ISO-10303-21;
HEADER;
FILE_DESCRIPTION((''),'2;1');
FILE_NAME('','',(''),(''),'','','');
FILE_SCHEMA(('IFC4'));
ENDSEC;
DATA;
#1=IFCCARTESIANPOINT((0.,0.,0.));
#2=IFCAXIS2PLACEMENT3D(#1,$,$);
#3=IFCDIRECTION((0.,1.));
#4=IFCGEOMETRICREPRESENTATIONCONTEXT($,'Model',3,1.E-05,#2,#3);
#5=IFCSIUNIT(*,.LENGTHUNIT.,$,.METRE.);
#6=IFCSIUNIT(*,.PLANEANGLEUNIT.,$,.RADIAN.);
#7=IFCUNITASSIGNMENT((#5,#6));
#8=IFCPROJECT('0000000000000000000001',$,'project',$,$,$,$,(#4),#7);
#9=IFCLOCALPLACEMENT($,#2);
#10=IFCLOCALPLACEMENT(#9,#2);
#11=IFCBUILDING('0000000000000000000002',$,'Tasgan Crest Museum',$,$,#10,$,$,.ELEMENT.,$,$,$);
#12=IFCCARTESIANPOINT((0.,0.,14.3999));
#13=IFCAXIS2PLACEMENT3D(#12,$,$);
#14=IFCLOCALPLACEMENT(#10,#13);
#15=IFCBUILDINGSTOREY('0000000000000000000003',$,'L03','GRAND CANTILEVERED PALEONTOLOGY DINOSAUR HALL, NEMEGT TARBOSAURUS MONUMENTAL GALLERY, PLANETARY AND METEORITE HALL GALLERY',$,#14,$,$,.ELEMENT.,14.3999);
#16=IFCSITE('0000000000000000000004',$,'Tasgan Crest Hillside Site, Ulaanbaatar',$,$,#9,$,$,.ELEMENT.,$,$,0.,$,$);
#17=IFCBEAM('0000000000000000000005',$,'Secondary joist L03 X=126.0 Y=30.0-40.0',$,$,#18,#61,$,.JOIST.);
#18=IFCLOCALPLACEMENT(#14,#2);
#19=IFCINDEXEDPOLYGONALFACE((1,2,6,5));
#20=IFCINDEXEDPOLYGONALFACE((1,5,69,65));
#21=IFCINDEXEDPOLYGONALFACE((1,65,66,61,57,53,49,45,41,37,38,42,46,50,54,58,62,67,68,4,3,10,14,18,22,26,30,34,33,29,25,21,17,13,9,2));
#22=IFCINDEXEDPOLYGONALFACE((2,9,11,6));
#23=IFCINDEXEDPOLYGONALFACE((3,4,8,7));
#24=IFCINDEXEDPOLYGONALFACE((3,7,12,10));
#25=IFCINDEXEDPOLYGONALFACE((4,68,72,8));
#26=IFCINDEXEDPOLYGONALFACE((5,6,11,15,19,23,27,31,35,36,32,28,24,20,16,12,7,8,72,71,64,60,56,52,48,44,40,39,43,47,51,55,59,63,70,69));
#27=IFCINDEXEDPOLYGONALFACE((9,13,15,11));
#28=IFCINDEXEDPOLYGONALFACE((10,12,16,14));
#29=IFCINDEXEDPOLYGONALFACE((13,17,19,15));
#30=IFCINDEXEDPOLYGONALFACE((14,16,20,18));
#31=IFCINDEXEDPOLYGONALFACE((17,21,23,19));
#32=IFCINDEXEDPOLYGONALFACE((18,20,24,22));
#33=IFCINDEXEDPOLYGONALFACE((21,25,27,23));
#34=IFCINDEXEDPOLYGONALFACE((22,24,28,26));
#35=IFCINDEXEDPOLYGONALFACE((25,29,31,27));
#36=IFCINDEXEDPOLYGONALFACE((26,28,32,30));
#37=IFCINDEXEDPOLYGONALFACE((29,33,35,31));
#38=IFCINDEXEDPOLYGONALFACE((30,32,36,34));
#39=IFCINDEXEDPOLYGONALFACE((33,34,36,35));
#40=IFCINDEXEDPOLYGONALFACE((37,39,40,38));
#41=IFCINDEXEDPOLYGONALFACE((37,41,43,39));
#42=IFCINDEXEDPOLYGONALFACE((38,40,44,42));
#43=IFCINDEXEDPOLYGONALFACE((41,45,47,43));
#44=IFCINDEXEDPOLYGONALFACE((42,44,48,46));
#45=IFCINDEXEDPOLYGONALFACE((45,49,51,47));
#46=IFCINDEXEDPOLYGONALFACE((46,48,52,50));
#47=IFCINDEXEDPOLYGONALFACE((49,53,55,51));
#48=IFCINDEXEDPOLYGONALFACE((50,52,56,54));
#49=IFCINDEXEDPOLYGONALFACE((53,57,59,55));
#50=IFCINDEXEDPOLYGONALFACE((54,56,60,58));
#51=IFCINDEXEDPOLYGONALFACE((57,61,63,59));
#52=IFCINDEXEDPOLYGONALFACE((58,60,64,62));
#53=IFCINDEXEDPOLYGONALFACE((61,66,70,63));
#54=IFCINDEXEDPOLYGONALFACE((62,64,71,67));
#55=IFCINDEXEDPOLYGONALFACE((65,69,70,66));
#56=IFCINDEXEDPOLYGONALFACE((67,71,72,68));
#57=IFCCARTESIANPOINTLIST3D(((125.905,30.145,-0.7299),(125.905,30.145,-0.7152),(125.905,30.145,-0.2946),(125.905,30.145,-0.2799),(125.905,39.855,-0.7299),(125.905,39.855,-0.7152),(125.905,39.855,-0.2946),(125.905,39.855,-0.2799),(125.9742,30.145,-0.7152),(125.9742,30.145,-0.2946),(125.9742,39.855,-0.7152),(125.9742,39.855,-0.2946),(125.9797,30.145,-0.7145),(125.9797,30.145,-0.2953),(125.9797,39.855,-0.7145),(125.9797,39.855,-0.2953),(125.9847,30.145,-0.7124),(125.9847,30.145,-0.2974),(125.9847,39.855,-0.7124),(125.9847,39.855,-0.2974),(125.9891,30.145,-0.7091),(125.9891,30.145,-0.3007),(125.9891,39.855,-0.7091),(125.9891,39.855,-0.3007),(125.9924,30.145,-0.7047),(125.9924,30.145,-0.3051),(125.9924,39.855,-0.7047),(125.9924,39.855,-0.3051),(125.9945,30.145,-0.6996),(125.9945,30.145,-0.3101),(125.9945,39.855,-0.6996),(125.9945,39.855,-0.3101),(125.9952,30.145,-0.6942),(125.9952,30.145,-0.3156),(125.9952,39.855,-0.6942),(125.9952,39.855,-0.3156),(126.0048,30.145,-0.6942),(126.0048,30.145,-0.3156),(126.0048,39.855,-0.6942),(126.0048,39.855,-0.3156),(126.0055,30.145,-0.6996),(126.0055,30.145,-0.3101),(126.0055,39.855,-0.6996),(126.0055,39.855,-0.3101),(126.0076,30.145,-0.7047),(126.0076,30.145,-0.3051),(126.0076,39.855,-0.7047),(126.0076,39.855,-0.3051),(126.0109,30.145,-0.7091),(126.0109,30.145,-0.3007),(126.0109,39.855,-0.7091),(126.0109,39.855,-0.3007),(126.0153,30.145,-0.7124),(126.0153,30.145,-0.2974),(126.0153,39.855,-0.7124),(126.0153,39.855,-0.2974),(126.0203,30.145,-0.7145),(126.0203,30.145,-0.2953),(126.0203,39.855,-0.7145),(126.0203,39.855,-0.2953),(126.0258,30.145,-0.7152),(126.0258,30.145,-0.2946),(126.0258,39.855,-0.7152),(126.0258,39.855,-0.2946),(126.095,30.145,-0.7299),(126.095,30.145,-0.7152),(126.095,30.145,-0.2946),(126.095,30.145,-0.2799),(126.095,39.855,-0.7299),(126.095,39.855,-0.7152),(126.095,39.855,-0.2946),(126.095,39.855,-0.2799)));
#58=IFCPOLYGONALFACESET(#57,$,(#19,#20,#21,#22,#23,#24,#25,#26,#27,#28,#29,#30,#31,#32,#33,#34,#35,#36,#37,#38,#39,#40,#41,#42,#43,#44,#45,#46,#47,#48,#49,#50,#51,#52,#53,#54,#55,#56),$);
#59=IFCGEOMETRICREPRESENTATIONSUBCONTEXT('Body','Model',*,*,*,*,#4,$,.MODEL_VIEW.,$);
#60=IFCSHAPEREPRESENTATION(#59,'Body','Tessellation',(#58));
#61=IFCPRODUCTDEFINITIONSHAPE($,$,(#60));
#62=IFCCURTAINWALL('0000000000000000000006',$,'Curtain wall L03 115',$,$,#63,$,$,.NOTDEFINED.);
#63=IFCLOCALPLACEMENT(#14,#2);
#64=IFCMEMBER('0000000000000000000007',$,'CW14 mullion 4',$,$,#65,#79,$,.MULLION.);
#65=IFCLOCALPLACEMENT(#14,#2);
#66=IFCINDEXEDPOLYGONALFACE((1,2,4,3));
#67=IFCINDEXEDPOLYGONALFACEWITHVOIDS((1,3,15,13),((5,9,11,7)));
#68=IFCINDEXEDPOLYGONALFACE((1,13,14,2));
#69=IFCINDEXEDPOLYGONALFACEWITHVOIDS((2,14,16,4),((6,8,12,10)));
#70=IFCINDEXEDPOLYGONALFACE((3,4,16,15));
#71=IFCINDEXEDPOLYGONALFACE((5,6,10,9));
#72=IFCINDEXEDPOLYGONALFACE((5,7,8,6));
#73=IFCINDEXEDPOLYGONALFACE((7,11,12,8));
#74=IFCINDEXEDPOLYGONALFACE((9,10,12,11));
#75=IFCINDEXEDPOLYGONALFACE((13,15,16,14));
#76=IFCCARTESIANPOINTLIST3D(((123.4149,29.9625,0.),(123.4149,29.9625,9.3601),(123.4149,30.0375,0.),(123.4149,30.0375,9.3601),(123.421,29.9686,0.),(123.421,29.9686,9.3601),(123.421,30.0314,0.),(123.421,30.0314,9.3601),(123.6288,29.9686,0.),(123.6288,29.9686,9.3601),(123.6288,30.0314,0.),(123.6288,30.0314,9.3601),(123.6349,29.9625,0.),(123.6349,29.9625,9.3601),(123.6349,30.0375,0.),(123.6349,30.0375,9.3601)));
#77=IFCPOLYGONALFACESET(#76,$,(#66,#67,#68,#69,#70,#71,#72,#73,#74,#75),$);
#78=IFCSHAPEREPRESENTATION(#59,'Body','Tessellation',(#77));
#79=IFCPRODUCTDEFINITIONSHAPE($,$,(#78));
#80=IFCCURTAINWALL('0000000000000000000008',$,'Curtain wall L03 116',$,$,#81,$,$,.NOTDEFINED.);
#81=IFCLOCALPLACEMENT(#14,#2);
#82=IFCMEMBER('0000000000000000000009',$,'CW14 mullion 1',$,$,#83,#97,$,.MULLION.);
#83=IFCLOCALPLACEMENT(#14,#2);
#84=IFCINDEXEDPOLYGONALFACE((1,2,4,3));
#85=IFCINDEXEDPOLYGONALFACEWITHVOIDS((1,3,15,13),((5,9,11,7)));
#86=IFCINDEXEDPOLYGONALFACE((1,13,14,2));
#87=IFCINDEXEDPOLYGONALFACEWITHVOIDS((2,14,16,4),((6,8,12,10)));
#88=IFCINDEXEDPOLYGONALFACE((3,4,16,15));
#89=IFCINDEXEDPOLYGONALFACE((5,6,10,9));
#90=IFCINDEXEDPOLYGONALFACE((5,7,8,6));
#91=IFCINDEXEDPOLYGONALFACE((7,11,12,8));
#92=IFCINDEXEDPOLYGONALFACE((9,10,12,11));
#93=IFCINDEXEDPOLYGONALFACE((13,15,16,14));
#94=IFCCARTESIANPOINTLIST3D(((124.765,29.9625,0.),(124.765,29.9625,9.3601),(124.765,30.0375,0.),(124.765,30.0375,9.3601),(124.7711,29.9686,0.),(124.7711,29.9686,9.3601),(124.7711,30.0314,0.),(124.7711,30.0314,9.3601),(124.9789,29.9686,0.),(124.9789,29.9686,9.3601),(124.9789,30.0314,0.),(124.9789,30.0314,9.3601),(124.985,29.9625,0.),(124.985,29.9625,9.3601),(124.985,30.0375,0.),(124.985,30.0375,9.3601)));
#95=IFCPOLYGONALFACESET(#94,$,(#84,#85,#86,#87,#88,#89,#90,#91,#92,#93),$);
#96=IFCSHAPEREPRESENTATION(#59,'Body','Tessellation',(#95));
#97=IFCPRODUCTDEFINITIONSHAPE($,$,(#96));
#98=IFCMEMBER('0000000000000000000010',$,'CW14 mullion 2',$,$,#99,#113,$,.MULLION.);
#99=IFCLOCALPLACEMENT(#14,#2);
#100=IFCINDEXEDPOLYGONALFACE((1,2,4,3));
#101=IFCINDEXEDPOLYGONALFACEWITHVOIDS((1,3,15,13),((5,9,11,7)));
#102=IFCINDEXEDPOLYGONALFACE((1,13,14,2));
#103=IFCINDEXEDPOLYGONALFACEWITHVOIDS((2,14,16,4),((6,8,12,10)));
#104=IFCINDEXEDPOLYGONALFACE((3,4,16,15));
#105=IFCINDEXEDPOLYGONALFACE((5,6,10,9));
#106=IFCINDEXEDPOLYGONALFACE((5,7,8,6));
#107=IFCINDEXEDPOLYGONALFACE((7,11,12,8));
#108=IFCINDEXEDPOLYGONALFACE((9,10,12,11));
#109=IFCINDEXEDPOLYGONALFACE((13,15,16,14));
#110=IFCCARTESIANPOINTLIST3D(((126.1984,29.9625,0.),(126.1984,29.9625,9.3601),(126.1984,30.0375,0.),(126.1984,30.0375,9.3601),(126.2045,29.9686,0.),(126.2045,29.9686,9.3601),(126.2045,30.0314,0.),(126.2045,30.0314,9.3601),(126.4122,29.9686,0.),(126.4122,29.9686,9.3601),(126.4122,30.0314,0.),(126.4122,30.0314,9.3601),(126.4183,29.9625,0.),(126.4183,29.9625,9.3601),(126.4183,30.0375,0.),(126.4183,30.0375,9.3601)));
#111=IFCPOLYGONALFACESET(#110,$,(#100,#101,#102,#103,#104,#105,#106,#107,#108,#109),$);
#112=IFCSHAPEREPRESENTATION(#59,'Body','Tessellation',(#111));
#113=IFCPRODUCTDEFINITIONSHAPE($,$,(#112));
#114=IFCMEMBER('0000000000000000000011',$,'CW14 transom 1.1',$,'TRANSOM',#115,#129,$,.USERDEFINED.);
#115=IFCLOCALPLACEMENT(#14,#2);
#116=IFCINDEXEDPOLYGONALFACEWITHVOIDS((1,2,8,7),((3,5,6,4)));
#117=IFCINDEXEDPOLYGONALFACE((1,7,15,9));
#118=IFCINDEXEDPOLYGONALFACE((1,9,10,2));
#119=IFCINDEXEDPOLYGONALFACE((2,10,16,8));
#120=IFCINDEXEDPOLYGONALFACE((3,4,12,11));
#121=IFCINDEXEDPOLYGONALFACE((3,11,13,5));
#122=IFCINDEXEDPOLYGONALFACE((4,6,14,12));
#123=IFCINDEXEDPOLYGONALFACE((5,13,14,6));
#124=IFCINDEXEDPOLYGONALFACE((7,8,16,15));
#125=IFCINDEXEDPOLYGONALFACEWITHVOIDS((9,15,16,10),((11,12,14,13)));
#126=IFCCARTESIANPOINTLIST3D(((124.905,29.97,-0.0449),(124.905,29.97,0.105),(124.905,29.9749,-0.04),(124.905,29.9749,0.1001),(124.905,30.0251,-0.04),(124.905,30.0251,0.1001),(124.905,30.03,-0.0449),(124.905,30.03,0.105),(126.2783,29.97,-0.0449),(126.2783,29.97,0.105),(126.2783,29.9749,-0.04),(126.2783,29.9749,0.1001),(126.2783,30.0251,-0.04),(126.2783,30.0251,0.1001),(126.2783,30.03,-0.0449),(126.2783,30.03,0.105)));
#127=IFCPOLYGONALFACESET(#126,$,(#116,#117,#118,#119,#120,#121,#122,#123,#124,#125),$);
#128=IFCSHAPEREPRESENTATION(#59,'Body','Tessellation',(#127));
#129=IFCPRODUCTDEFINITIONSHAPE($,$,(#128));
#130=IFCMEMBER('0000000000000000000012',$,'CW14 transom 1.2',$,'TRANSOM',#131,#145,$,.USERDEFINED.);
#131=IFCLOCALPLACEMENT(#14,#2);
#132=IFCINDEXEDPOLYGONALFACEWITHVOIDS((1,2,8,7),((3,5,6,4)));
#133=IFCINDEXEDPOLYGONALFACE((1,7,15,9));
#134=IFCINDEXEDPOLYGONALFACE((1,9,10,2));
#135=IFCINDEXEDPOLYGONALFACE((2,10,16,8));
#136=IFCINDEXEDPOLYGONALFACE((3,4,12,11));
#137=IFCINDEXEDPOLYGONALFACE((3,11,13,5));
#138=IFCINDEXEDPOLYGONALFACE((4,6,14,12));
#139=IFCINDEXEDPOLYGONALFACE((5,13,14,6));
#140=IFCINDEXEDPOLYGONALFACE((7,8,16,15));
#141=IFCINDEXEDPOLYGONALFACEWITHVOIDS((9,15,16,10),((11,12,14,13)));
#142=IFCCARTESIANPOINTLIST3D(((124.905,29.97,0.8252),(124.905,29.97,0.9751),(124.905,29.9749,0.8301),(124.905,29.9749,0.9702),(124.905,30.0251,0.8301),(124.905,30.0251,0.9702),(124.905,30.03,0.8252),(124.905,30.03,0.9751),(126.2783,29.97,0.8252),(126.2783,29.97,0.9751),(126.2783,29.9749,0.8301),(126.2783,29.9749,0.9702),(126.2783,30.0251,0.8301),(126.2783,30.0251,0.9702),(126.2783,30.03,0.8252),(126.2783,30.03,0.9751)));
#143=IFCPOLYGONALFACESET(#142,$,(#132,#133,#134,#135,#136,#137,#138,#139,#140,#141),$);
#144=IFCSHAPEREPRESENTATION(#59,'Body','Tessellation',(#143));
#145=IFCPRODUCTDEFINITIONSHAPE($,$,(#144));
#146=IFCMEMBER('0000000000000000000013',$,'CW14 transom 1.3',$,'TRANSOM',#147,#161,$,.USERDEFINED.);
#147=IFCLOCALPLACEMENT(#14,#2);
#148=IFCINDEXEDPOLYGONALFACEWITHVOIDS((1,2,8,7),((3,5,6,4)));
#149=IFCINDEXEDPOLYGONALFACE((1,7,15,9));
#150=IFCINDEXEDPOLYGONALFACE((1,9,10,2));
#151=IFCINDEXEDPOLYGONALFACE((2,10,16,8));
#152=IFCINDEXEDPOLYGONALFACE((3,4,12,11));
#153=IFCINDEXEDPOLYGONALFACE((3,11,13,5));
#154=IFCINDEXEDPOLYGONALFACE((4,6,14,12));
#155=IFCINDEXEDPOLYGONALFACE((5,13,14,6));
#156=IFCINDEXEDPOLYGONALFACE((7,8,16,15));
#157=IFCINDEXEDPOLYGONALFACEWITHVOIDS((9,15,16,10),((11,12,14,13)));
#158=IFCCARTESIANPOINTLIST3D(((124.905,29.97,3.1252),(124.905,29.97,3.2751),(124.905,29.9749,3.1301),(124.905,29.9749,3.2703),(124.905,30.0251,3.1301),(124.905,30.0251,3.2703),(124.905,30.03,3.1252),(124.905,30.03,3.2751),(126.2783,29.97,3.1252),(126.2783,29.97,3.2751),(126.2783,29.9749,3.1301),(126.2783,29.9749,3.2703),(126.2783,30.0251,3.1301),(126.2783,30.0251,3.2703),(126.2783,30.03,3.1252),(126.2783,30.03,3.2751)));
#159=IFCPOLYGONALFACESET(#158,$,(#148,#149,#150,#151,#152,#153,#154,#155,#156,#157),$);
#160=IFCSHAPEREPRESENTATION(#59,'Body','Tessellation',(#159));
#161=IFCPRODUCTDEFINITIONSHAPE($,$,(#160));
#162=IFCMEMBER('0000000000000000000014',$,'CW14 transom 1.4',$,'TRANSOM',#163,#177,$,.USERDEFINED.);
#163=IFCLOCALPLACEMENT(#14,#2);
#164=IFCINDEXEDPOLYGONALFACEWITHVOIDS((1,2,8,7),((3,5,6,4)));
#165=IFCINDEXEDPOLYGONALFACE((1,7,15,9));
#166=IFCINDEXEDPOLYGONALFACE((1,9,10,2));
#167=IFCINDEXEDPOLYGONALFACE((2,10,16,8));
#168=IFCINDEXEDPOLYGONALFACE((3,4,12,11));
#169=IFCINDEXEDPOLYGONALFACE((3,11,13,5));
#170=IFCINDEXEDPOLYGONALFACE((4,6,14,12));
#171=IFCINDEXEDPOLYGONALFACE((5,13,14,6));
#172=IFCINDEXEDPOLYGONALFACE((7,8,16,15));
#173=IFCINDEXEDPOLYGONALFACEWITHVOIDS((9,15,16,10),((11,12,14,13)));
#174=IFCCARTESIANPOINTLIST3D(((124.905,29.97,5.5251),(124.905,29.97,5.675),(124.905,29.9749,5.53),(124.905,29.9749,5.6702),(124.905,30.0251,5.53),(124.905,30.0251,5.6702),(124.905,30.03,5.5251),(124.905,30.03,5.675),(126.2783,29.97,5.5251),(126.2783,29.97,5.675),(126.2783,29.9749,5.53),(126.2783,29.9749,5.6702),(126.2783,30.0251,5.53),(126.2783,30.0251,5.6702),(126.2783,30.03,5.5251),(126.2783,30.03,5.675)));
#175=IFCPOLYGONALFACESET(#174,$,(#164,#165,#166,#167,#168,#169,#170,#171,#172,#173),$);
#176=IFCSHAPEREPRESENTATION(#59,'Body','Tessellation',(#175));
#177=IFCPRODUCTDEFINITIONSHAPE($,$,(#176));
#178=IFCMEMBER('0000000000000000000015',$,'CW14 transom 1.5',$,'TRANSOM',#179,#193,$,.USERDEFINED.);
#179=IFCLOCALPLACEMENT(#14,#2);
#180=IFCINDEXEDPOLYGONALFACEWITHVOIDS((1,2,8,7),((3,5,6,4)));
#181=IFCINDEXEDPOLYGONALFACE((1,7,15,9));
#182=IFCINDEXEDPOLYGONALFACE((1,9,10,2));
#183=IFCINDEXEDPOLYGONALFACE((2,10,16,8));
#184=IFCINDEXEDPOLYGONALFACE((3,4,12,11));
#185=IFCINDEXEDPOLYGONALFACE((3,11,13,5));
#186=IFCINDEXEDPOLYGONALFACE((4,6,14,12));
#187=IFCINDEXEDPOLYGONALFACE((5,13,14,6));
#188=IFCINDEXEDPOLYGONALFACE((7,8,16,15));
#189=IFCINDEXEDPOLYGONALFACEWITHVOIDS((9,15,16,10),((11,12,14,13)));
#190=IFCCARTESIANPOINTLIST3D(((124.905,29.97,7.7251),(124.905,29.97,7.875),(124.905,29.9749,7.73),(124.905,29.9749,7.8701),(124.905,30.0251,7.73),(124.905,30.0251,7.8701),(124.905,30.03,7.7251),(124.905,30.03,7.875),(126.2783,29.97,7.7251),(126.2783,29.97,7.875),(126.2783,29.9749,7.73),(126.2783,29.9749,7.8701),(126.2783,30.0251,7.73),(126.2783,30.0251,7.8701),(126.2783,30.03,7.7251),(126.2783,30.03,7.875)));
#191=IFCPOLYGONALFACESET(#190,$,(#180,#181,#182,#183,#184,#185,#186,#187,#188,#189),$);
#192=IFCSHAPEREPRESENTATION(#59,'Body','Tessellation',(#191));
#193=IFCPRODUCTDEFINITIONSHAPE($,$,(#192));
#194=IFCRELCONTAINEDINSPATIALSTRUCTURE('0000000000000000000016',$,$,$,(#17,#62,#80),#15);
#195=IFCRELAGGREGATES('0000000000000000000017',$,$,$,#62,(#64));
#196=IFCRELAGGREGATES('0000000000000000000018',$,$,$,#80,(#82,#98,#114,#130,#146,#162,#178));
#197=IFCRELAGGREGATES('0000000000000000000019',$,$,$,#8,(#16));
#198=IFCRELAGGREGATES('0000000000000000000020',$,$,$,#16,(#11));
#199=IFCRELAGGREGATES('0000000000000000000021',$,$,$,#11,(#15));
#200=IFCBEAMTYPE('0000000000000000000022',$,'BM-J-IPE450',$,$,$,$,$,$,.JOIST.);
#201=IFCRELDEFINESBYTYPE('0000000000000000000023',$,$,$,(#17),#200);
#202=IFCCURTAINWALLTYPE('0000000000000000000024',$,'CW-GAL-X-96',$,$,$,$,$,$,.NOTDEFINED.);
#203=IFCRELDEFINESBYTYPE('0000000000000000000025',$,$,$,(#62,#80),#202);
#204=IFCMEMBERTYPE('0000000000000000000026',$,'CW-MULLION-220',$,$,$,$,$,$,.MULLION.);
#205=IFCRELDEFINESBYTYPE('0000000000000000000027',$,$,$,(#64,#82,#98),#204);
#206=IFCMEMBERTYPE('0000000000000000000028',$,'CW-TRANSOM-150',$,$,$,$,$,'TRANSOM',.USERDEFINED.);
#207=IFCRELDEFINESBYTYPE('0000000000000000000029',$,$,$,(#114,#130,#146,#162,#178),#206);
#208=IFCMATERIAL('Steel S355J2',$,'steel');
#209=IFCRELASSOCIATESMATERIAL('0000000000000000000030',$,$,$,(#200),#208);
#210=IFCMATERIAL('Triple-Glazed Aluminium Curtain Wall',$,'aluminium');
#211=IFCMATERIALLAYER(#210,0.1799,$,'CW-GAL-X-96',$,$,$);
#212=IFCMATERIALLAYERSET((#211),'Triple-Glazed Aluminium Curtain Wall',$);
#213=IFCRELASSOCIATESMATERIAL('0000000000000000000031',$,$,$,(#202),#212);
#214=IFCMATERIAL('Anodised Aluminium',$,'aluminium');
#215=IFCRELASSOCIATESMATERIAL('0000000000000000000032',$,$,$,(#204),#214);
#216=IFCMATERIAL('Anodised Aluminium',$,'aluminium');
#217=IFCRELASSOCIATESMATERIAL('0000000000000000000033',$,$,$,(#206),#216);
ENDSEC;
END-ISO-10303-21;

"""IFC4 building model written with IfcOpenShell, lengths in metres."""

from ifc_helpers import new_model, si_unit, direction, frame, origin, origin_2d, place, context, subcontext, project, spatial, hollow_rectangle, i_section, extrude, material, layer, layer_set, material_profile, profile_set, type_object, element, aggregate, save


model = new_model("IFC4")

# Units and contexts
model_context = context("Model", 3, precision=1e-05, world=origin(), true_north=direction((0.0, 1.0)))
body_context = subcontext(model_context, "Body", "Model", "MODEL_VIEW")
ifc_project = project(units=[si_unit("LENGTHUNIT", "METRE"), si_unit("PLANEANGLEUNIT", "RADIAN")], contexts=[model_context])

# Site, building, storey
site_placement = place(None, origin())
site = spatial("IfcSite", under=ifc_project, at=site_placement, Name="Tasgan Crest Hillside Site, Ulaanbaatar", CompositionType="ELEMENT", RefElevation=0.0)
building_placement = place(site_placement, origin())
building = spatial("IfcBuilding", under=site, at=building_placement, Name="Tasgan Crest Museum", CompositionType="ELEMENT")
storey_placement = place(building_placement, frame((0.0, 0.0, 14.3999)))
storey = spatial("IfcBuildingStorey", under=building, at=storey_placement, Name="L03", Description="GRAND CANTILEVERED PALEONTOLOGY DINOSAUR HALL, NEMEGT TARBOSAURUS MONUMENTAL GALLERY, PLANETARY AND METEORITE HALL GALLERY", CompositionType="ELEMENT", Elevation=14.3999)

# Beam
ifc_material_1 = material(Name="Steel S355J2", Category="steel")
ifc_material_profile_1 = material_profile(ifc_material_1, i_section(OverallWidth=0.1899, OverallDepth=0.45, WebThickness=0.0095, FlangeThickness=0.0146, FilletRadius=0.021, at=origin_2d()), Name="IPE 450")
ifc_profile_set_1 = profile_set([ifc_material_profile_1], Name="Steel S355J2")
beam_type_1 = type_object("IfcBeamType", Name="BM-J-IPE450", PredefinedType="JOIST", material=ifc_profile_set_1)
for number, where, z_axis, x_axis, name in (
    (1, (126.0, 30.145, -0.5049), (0.0, 1.0, 0.0), (-1.0, 0.0, 0.0), "Secondary joist L03 X=126.0 Y=30.0-40.0"),
):
    element("IfcBeam", number, at=place(storey_placement, frame(where, z_axis=z_axis, x_axis=x_axis)), inside=storey, type_object=beam_type_1, Name=name, PredefinedType="JOIST", context=body_context, shape_type="SweptSolid", body=[
        extrude(i_section(OverallWidth=0.1899, OverallDepth=0.45, WebThickness=0.0095, FlangeThickness=0.0146, FilletRadius=0.021, at=origin_2d()), origin(), (0.0, 0.0, 1.0), 9.71),
    ])

# Curtain wall, member
ifc_material_2 = material(Name="Triple-Glazed Aluminium Curtain Wall", Category="aluminium")
ifc_layer_1 = layer(ifc_material_2, 0.1799, Name="CW-GAL-X-96")
ifc_layer_set_1 = layer_set([ifc_layer_1], Name="Triple-Glazed Aluminium Curtain Wall")
curtain_wall_type = type_object("IfcCurtainWallType", Name="CW-GAL-X-96", PredefinedType="NOTDEFINED", material=ifc_layer_set_1)
curtain_wall_1_placement = place(storey_placement, origin())
curtain_wall_1 = element("IfcCurtainWall", 2, at=curtain_wall_1_placement, inside=storey, type_object=curtain_wall_type, Name="Curtain wall L03 115", PredefinedType="NOTDEFINED")
ifc_material_3 = material(Name="Anodised Aluminium", Category="aluminium")
ifc_material_profile_2 = material_profile(ifc_material_3, hollow_rectangle(XDim=0.075, YDim=0.22, WallThickness=0.0061, at=origin_2d()), Name="ALU MULLION 220x75x6")
ifc_profile_set_2 = profile_set([ifc_material_profile_2], Name="Anodised Aluminium")
member_type_1 = type_object("IfcMemberType", Name="CW-MULLION-220", PredefinedType="MULLION", material=ifc_profile_set_2)
member_1_placement = place(storey_placement, frame((123.5249, 30.0, 0.0), z_axis=(0.0, 0.0, 1.0), x_axis=(0.0, 1.0, 0.0)))
member_1 = element("IfcMember", 3, at=member_1_placement, type_object=member_type_1, Name="CW14 mullion 4", PredefinedType="MULLION", context=body_context, shape_type="SweptSolid", body=[
    extrude(hollow_rectangle(XDim=0.075, YDim=0.22, WallThickness=0.0061, at=origin_2d()), origin(), (0.0, 0.0, 1.0), 9.3601),
])
aggregate(curtain_wall_1, [member_1])

# Curtain wall, members
curtain_wall_2_placement = place(storey_placement, origin())
curtain_wall_2 = element("IfcCurtainWall", 4, at=curtain_wall_2_placement, inside=storey, type_object=curtain_wall_type, Name="Curtain wall L03 116", PredefinedType="NOTDEFINED")
member_2_placement = place(storey_placement, frame((124.875, 30.0, 0.0), z_axis=(0.0, 0.0, 1.0), x_axis=(0.0, 1.0, 0.0)))
member_2 = element("IfcMember", 5, at=member_2_placement, type_object=member_type_1, Name="CW14 mullion 1", PredefinedType="MULLION", context=body_context, shape_type="SweptSolid", body=[
    extrude(hollow_rectangle(XDim=0.075, YDim=0.22, WallThickness=0.0061, at=origin_2d()), origin(), (0.0, 0.0, 1.0), 9.3601),
])
member_3_placement = place(storey_placement, frame((126.3083, 30.0, 0.0), z_axis=(0.0, 0.0, 1.0), x_axis=(0.0, 1.0, 0.0)))
member_3 = element("IfcMember", 6, at=member_3_placement, type_object=member_type_1, Name="CW14 mullion 2", PredefinedType="MULLION", context=body_context, shape_type="SweptSolid", body=[
    extrude(hollow_rectangle(XDim=0.075, YDim=0.22, WallThickness=0.0061, at=origin_2d()), origin(), (0.0, 0.0, 1.0), 9.3601),
])
ifc_material_4 = material(Name="Anodised Aluminium", Category="aluminium")
ifc_material_profile_3 = material_profile(ifc_material_4, hollow_rectangle(XDim=0.0601, YDim=0.1499, WallThickness=0.0049, at=origin_2d()), Name="ALU TRANSOM 150x60x5")
ifc_profile_set_3 = profile_set([ifc_material_profile_3], Name="Anodised Aluminium")
member_type_2 = type_object("IfcMemberType", Name="CW-TRANSOM-150", ElementType="TRANSOM", PredefinedType="USERDEFINED", material=ifc_profile_set_3)
member_4_placement = place(storey_placement, frame((124.905, 30.0, 0.03), z_axis=(1.0, 0.0, 0.0), x_axis=(0.0, 1.0, 0.0)))
member_4 = element("IfcMember", 7, at=member_4_placement, type_object=member_type_2, Name="CW14 transom 1.1", ObjectType="TRANSOM", PredefinedType="USERDEFINED", context=body_context, shape_type="SweptSolid", body=[
    extrude(hollow_rectangle(XDim=0.0601, YDim=0.1499, WallThickness=0.0049, at=origin_2d()), origin(), (0.0, 0.0, 1.0), 1.3733),
])
member_5_placement = place(storey_placement, frame((124.905, 30.0, 0.9001), z_axis=(1.0, 0.0, 0.0), x_axis=(0.0, 1.0, 0.0)))
member_5 = element("IfcMember", 8, at=member_5_placement, type_object=member_type_2, Name="CW14 transom 1.2", ObjectType="TRANSOM", PredefinedType="USERDEFINED", context=body_context, shape_type="SweptSolid", body=[
    extrude(hollow_rectangle(XDim=0.0601, YDim=0.1499, WallThickness=0.0049, at=origin_2d()), origin(), (0.0, 0.0, 1.0), 1.3733),
])
member_6_placement = place(storey_placement, frame((124.905, 30.0, 3.2002), z_axis=(1.0, 0.0, 0.0), x_axis=(0.0, 1.0, 0.0)))
member_6 = element("IfcMember", 9, at=member_6_placement, type_object=member_type_2, Name="CW14 transom 1.3", ObjectType="TRANSOM", PredefinedType="USERDEFINED", context=body_context, shape_type="SweptSolid", body=[
    extrude(hollow_rectangle(XDim=0.0601, YDim=0.1499, WallThickness=0.0049, at=origin_2d()), origin(), (0.0, 0.0, 1.0), 1.3733),
])
member_7_placement = place(storey_placement, frame((124.905, 30.0, 5.6001), z_axis=(1.0, 0.0, 0.0), x_axis=(0.0, 1.0, 0.0)))
member_7 = element("IfcMember", 10, at=member_7_placement, type_object=member_type_2, Name="CW14 transom 1.4", ObjectType="TRANSOM", PredefinedType="USERDEFINED", context=body_context, shape_type="SweptSolid", body=[
    extrude(hollow_rectangle(XDim=0.0601, YDim=0.1499, WallThickness=0.0049, at=origin_2d()), origin(), (0.0, 0.0, 1.0), 1.3733),
])
member_8_placement = place(storey_placement, frame((124.905, 30.0, 7.8), z_axis=(1.0, 0.0, 0.0), x_axis=(0.0, 1.0, 0.0)))
member_8 = element("IfcMember", 11, at=member_8_placement, type_object=member_type_2, Name="CW14 transom 1.5", ObjectType="TRANSOM", PredefinedType="USERDEFINED", context=body_context, shape_type="SweptSolid", body=[
    extrude(hollow_rectangle(XDim=0.0601, YDim=0.1499, WallThickness=0.0049, at=origin_2d()), origin(), (0.0, 0.0, 1.0), 1.3733),
])
aggregate(curtain_wall_2, [member_2, member_3, member_4, member_5, member_6, member_7, member_8])

save(model, "model.ifc")
